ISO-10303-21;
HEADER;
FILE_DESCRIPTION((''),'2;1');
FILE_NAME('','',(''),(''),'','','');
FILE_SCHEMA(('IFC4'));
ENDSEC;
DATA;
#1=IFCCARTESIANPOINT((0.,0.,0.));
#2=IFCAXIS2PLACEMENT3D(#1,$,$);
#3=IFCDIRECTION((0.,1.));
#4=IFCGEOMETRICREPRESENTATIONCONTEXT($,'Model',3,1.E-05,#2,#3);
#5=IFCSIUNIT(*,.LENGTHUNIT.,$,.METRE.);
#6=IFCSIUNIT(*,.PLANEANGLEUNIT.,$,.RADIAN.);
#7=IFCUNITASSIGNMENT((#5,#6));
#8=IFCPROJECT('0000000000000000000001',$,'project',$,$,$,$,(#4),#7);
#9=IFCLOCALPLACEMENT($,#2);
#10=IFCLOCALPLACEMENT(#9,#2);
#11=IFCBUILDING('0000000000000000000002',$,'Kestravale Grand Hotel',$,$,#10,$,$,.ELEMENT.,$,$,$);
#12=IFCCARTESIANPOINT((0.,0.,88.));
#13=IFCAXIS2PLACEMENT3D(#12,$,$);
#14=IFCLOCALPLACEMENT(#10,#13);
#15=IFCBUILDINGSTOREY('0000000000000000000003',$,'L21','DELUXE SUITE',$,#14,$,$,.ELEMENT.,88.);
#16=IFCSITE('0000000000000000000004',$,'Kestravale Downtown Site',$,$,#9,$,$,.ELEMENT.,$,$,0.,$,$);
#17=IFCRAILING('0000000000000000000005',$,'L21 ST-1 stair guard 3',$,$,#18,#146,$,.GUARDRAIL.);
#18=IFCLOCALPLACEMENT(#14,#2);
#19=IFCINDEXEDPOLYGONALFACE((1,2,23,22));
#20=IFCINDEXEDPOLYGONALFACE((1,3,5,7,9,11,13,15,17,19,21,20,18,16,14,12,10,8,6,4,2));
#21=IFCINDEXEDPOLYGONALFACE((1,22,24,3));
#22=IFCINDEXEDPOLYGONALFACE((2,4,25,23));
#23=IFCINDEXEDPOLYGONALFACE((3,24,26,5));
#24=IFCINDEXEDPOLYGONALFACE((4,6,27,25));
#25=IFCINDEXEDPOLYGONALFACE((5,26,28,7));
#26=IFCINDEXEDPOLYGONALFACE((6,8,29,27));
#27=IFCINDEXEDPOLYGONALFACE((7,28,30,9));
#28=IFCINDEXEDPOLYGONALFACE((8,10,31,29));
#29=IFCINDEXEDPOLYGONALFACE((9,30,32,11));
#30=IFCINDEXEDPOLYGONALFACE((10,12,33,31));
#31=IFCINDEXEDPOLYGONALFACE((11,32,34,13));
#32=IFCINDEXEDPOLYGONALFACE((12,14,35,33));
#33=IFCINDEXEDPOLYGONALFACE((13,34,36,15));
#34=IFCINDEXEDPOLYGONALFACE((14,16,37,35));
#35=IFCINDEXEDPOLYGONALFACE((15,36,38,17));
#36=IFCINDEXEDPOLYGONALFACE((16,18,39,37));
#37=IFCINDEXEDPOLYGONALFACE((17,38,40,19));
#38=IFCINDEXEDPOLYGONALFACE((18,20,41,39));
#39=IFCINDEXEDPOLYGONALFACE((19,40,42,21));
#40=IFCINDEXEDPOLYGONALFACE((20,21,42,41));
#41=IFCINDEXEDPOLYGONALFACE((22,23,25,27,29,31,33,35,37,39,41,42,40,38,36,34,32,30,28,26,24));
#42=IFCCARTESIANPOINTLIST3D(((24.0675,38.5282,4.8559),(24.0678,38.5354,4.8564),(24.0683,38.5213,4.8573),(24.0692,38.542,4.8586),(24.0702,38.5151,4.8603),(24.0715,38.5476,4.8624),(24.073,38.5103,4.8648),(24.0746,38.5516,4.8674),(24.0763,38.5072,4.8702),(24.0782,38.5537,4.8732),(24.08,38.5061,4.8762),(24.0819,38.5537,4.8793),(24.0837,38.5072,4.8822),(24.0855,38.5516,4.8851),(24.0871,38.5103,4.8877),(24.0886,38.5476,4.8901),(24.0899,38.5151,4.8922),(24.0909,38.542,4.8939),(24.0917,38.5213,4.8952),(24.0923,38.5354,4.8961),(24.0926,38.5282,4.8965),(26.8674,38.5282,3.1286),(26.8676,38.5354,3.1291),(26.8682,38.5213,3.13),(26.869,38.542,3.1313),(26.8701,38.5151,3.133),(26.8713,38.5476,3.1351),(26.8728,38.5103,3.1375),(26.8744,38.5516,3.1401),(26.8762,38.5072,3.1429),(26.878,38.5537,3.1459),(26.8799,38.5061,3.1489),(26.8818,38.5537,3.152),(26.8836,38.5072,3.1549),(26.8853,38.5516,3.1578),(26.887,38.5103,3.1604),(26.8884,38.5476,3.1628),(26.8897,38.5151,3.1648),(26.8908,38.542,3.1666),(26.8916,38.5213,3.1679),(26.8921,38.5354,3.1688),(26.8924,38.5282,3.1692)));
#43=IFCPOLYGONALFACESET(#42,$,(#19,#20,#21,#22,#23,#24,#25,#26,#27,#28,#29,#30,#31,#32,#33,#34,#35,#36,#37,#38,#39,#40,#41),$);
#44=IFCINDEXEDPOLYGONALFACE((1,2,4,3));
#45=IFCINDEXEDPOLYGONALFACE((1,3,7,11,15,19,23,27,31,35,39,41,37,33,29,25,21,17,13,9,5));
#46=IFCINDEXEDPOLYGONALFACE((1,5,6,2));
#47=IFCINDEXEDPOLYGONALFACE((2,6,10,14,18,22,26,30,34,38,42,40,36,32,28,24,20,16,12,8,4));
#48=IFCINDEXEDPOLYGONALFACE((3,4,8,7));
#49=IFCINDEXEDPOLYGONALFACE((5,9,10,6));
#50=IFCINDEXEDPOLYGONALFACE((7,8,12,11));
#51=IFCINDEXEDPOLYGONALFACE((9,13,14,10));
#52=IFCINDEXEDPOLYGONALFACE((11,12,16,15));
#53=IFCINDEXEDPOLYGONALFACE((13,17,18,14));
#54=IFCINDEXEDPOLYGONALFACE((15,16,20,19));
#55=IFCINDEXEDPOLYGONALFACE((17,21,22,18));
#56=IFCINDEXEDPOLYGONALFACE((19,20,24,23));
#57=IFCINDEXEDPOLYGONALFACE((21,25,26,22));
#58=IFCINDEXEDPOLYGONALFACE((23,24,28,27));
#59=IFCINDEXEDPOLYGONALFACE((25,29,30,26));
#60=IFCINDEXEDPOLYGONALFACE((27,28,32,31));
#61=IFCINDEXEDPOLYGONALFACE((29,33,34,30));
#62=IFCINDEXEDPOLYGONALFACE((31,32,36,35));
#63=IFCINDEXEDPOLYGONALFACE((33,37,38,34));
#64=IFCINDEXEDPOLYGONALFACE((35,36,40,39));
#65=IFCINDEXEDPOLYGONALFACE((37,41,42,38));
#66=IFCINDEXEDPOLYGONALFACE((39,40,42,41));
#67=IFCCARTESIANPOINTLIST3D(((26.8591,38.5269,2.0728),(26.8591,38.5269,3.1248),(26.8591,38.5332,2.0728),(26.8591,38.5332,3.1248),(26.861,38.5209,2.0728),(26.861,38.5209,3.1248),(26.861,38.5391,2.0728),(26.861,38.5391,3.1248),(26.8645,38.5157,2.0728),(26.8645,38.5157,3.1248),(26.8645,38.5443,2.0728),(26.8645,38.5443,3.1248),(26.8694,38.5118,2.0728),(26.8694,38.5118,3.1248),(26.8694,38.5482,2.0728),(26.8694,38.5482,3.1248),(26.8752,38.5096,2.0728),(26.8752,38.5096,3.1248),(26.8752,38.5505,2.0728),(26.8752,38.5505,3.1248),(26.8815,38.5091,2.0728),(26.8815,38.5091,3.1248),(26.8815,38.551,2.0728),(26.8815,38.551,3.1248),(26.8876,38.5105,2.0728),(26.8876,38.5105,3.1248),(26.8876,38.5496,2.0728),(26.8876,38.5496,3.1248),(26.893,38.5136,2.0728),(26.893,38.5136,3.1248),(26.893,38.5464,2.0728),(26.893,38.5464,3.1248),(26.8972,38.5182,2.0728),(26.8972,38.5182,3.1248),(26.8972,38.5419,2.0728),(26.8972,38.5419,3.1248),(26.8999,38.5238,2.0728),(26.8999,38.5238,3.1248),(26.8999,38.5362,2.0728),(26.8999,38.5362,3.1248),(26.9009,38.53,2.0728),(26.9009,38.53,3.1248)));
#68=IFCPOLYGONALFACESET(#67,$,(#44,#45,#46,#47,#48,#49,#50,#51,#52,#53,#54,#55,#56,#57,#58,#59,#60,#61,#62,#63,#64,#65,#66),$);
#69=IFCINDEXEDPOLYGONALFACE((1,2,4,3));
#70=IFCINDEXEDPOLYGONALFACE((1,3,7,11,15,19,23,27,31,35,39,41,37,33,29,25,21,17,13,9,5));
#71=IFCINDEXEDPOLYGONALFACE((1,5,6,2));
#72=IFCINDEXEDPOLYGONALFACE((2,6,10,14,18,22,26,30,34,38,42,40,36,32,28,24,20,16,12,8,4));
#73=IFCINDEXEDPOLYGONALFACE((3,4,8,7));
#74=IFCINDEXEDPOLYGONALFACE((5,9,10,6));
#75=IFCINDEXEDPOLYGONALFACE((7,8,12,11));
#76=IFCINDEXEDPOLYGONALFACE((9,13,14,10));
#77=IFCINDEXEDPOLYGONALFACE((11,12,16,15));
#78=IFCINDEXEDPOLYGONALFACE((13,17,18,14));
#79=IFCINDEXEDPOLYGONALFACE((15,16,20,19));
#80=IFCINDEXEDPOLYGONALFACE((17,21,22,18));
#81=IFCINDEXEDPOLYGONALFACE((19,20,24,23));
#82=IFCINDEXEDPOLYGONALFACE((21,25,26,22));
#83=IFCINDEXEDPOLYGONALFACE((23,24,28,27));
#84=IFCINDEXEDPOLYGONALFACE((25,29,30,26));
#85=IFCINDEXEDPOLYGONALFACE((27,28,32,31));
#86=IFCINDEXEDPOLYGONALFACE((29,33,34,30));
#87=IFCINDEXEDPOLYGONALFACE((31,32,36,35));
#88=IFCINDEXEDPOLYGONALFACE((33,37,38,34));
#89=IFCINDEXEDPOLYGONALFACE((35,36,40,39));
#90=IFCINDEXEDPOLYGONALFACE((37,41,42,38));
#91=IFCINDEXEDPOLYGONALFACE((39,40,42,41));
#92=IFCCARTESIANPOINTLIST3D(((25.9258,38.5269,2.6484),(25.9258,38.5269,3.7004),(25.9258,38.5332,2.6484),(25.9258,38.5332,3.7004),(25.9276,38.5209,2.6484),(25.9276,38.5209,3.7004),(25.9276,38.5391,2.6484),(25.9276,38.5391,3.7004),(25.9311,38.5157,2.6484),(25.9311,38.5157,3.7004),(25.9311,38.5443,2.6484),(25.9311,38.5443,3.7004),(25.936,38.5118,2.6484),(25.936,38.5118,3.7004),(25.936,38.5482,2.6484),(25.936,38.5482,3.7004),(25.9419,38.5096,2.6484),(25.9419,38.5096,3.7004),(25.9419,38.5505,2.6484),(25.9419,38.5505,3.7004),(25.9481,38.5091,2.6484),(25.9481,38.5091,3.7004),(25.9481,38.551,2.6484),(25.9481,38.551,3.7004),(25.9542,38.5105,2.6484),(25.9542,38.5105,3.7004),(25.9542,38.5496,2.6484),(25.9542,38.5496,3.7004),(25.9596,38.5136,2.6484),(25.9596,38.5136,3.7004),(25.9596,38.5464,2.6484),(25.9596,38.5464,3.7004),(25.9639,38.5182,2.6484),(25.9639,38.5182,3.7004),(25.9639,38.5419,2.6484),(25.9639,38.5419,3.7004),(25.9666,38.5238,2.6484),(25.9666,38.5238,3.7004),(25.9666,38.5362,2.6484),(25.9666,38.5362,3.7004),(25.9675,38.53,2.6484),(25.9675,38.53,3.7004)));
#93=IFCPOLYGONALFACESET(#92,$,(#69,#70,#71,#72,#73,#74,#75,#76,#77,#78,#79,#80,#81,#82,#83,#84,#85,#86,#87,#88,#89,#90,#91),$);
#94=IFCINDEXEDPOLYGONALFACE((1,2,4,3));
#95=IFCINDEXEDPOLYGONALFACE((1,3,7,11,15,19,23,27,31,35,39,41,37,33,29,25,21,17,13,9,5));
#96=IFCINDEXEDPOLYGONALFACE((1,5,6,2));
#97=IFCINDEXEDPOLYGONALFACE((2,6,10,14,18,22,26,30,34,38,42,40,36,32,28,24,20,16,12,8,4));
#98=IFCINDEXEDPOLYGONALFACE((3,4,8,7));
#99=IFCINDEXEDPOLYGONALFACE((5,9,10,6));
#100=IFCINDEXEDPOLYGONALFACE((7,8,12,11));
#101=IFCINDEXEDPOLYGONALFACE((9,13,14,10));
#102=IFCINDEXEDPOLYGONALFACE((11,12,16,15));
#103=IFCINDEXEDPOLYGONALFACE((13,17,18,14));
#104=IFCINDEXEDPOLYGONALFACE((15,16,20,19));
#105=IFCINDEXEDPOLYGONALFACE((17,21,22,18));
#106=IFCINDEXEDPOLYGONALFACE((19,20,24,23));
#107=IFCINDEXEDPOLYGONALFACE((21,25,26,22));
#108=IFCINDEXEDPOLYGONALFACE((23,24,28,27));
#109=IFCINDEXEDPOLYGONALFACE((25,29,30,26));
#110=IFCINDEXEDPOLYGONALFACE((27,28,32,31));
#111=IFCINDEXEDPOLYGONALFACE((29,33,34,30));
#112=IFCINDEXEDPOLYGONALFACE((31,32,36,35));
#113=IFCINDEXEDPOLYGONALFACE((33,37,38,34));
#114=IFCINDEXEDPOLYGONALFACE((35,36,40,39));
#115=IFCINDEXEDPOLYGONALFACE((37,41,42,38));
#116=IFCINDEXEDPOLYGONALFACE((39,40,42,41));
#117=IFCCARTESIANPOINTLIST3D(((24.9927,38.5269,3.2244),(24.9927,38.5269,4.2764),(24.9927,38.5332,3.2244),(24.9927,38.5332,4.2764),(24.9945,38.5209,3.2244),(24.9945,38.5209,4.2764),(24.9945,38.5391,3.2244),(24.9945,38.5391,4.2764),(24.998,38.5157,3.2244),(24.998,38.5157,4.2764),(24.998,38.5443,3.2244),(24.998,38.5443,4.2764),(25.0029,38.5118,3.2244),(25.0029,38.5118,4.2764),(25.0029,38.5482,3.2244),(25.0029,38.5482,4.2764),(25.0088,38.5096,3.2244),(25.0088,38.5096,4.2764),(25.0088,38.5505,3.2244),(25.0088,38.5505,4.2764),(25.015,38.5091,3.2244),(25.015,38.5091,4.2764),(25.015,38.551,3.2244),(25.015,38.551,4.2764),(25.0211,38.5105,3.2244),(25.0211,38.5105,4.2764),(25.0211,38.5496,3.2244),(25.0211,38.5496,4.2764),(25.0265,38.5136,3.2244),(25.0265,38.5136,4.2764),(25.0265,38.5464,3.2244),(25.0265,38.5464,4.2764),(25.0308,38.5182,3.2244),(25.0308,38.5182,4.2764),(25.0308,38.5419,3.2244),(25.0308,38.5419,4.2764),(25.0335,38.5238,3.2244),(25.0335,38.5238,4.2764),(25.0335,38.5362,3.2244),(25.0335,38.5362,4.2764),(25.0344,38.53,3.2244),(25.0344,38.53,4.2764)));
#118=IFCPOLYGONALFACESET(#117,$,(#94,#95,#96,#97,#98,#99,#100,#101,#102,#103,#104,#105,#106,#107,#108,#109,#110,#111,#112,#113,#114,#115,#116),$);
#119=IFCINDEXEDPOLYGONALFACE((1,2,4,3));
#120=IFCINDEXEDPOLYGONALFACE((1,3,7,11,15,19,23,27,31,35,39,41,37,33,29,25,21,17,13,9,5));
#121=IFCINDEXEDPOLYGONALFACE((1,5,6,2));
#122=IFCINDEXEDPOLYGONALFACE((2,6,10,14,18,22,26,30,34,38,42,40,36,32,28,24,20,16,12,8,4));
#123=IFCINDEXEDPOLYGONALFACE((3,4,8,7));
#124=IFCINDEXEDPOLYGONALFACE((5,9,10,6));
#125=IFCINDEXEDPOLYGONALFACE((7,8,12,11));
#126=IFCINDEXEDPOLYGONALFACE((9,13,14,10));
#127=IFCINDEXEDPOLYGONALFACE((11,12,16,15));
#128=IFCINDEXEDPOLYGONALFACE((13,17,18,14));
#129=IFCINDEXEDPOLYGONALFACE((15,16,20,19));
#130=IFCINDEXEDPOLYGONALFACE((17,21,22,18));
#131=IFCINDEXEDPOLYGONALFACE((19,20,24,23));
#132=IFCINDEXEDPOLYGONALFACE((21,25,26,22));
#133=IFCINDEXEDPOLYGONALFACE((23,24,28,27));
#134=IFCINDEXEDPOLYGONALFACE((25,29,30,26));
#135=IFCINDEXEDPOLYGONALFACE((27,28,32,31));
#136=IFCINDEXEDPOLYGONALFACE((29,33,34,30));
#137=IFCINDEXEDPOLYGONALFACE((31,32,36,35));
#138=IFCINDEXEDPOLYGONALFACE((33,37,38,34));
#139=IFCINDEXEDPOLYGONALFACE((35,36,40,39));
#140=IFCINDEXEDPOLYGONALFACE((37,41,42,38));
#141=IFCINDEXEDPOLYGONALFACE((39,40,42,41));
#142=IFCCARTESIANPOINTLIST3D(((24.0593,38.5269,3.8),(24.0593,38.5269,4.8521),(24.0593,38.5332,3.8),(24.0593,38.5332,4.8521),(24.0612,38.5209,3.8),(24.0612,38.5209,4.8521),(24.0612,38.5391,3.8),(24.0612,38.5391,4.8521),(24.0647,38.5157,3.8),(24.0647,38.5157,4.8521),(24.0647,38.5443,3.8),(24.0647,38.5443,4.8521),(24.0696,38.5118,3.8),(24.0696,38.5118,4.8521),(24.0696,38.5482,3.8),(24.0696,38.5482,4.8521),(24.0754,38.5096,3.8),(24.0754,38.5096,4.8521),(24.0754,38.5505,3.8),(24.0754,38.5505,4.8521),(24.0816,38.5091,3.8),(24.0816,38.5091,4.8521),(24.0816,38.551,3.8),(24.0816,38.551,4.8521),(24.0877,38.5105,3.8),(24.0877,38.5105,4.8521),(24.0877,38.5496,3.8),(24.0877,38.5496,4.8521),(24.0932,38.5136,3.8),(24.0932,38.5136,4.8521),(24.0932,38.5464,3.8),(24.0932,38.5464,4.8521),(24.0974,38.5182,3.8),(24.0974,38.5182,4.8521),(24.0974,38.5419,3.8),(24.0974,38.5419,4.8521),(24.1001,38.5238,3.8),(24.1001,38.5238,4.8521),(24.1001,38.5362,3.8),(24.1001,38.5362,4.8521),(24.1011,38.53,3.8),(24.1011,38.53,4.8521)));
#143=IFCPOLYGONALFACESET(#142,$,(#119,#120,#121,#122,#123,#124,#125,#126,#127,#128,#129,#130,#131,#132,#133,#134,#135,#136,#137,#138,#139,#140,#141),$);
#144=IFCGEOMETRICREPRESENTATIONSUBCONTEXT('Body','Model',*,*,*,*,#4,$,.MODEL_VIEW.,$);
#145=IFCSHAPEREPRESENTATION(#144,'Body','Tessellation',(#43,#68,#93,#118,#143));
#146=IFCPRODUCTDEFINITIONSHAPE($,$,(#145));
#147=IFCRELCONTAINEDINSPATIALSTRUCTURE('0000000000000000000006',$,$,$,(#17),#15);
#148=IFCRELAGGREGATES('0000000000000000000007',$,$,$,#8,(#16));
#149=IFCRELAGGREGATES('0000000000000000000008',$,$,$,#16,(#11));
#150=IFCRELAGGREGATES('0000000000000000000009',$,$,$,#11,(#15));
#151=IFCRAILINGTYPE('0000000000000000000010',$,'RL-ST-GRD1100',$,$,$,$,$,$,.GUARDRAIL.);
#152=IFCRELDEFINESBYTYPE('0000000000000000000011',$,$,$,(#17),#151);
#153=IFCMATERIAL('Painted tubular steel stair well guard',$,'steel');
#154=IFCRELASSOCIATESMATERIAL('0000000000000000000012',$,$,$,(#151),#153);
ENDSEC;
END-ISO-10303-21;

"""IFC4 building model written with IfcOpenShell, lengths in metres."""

from ifc_helpers import new_model, si_unit, direction, frame, origin, origin_2d, place, context, subcontext, project, spatial, circle, extrude, material, type_object, element, save


model = new_model("IFC4")

# Units and contexts
model_context = context("Model", 3, precision=1e-05, world=origin(), true_north=direction((0.0, 1.0)))
body_context = subcontext(model_context, "Body", "Model", "MODEL_VIEW")
ifc_project = project(units=[si_unit("LENGTHUNIT", "METRE"), si_unit("PLANEANGLEUNIT", "RADIAN")], contexts=[model_context])

# Site, building, storey
site_placement = place(None, origin())
site = spatial("IfcSite", under=ifc_project, at=site_placement, Name="Kestravale Downtown Site", CompositionType="ELEMENT", RefElevation=0.0)
building_placement = place(site_placement, origin())
building = spatial("IfcBuilding", under=site, at=building_placement, Name="Kestravale Grand Hotel", CompositionType="ELEMENT")
storey_placement = place(building_placement, frame((0.0, 0.0, 88.0)))
storey = spatial("IfcBuildingStorey", under=building, at=storey_placement, Name="L21", Description="DELUXE SUITE", CompositionType="ELEMENT", Elevation=88.0)

# Railing
ifc_material_1 = material(Name="Painted tubular steel stair well guard", Category="steel")
railing_type_1 = type_object("IfcRailingType", Name="RL-ST-GRD1100", PredefinedType="GUARDRAIL", material=ifc_material_1)
railing_1_placement = place(storey_placement, frame((26.8799, 38.53, 2.0728)))
element("IfcRailing", 1, at=railing_1_placement, inside=storey, type_object=railing_type_1, Name="L21 ST-1 stair guard 3", PredefinedType="GUARDRAIL", context=body_context, shape_type="SweptSolid", body=[
    extrude(circle(Radius=0.0239, at=origin_2d()), frame((0.0, 0.0, 1.0762), z_axis=(-0.851069, 0.0, 0.525054), x_axis=(0.0, -1.0, 0.0)), (0.0, 0.0, 1.0), 3.2898),
    extrude(circle(Radius=0.021, at=origin_2d()), origin(), (0.0, 0.0, 1.0), 1.052),
    extrude(circle(Radius=0.021, at=origin_2d()), frame((-0.9333, 0.0, 0.5757)), (0.0, 0.0, 1.0), 1.052),
    extrude(circle(Radius=0.021, at=origin_2d()), frame((-1.8665, 0.0, 1.1516)), (0.0, 0.0, 1.0), 1.052),
    extrude(circle(Radius=0.021, at=origin_2d()), frame((-2.7998, 0.0, 1.7273)), (0.0, 0.0, 1.0), 1.052),
])

save(model, "model.ifc")
